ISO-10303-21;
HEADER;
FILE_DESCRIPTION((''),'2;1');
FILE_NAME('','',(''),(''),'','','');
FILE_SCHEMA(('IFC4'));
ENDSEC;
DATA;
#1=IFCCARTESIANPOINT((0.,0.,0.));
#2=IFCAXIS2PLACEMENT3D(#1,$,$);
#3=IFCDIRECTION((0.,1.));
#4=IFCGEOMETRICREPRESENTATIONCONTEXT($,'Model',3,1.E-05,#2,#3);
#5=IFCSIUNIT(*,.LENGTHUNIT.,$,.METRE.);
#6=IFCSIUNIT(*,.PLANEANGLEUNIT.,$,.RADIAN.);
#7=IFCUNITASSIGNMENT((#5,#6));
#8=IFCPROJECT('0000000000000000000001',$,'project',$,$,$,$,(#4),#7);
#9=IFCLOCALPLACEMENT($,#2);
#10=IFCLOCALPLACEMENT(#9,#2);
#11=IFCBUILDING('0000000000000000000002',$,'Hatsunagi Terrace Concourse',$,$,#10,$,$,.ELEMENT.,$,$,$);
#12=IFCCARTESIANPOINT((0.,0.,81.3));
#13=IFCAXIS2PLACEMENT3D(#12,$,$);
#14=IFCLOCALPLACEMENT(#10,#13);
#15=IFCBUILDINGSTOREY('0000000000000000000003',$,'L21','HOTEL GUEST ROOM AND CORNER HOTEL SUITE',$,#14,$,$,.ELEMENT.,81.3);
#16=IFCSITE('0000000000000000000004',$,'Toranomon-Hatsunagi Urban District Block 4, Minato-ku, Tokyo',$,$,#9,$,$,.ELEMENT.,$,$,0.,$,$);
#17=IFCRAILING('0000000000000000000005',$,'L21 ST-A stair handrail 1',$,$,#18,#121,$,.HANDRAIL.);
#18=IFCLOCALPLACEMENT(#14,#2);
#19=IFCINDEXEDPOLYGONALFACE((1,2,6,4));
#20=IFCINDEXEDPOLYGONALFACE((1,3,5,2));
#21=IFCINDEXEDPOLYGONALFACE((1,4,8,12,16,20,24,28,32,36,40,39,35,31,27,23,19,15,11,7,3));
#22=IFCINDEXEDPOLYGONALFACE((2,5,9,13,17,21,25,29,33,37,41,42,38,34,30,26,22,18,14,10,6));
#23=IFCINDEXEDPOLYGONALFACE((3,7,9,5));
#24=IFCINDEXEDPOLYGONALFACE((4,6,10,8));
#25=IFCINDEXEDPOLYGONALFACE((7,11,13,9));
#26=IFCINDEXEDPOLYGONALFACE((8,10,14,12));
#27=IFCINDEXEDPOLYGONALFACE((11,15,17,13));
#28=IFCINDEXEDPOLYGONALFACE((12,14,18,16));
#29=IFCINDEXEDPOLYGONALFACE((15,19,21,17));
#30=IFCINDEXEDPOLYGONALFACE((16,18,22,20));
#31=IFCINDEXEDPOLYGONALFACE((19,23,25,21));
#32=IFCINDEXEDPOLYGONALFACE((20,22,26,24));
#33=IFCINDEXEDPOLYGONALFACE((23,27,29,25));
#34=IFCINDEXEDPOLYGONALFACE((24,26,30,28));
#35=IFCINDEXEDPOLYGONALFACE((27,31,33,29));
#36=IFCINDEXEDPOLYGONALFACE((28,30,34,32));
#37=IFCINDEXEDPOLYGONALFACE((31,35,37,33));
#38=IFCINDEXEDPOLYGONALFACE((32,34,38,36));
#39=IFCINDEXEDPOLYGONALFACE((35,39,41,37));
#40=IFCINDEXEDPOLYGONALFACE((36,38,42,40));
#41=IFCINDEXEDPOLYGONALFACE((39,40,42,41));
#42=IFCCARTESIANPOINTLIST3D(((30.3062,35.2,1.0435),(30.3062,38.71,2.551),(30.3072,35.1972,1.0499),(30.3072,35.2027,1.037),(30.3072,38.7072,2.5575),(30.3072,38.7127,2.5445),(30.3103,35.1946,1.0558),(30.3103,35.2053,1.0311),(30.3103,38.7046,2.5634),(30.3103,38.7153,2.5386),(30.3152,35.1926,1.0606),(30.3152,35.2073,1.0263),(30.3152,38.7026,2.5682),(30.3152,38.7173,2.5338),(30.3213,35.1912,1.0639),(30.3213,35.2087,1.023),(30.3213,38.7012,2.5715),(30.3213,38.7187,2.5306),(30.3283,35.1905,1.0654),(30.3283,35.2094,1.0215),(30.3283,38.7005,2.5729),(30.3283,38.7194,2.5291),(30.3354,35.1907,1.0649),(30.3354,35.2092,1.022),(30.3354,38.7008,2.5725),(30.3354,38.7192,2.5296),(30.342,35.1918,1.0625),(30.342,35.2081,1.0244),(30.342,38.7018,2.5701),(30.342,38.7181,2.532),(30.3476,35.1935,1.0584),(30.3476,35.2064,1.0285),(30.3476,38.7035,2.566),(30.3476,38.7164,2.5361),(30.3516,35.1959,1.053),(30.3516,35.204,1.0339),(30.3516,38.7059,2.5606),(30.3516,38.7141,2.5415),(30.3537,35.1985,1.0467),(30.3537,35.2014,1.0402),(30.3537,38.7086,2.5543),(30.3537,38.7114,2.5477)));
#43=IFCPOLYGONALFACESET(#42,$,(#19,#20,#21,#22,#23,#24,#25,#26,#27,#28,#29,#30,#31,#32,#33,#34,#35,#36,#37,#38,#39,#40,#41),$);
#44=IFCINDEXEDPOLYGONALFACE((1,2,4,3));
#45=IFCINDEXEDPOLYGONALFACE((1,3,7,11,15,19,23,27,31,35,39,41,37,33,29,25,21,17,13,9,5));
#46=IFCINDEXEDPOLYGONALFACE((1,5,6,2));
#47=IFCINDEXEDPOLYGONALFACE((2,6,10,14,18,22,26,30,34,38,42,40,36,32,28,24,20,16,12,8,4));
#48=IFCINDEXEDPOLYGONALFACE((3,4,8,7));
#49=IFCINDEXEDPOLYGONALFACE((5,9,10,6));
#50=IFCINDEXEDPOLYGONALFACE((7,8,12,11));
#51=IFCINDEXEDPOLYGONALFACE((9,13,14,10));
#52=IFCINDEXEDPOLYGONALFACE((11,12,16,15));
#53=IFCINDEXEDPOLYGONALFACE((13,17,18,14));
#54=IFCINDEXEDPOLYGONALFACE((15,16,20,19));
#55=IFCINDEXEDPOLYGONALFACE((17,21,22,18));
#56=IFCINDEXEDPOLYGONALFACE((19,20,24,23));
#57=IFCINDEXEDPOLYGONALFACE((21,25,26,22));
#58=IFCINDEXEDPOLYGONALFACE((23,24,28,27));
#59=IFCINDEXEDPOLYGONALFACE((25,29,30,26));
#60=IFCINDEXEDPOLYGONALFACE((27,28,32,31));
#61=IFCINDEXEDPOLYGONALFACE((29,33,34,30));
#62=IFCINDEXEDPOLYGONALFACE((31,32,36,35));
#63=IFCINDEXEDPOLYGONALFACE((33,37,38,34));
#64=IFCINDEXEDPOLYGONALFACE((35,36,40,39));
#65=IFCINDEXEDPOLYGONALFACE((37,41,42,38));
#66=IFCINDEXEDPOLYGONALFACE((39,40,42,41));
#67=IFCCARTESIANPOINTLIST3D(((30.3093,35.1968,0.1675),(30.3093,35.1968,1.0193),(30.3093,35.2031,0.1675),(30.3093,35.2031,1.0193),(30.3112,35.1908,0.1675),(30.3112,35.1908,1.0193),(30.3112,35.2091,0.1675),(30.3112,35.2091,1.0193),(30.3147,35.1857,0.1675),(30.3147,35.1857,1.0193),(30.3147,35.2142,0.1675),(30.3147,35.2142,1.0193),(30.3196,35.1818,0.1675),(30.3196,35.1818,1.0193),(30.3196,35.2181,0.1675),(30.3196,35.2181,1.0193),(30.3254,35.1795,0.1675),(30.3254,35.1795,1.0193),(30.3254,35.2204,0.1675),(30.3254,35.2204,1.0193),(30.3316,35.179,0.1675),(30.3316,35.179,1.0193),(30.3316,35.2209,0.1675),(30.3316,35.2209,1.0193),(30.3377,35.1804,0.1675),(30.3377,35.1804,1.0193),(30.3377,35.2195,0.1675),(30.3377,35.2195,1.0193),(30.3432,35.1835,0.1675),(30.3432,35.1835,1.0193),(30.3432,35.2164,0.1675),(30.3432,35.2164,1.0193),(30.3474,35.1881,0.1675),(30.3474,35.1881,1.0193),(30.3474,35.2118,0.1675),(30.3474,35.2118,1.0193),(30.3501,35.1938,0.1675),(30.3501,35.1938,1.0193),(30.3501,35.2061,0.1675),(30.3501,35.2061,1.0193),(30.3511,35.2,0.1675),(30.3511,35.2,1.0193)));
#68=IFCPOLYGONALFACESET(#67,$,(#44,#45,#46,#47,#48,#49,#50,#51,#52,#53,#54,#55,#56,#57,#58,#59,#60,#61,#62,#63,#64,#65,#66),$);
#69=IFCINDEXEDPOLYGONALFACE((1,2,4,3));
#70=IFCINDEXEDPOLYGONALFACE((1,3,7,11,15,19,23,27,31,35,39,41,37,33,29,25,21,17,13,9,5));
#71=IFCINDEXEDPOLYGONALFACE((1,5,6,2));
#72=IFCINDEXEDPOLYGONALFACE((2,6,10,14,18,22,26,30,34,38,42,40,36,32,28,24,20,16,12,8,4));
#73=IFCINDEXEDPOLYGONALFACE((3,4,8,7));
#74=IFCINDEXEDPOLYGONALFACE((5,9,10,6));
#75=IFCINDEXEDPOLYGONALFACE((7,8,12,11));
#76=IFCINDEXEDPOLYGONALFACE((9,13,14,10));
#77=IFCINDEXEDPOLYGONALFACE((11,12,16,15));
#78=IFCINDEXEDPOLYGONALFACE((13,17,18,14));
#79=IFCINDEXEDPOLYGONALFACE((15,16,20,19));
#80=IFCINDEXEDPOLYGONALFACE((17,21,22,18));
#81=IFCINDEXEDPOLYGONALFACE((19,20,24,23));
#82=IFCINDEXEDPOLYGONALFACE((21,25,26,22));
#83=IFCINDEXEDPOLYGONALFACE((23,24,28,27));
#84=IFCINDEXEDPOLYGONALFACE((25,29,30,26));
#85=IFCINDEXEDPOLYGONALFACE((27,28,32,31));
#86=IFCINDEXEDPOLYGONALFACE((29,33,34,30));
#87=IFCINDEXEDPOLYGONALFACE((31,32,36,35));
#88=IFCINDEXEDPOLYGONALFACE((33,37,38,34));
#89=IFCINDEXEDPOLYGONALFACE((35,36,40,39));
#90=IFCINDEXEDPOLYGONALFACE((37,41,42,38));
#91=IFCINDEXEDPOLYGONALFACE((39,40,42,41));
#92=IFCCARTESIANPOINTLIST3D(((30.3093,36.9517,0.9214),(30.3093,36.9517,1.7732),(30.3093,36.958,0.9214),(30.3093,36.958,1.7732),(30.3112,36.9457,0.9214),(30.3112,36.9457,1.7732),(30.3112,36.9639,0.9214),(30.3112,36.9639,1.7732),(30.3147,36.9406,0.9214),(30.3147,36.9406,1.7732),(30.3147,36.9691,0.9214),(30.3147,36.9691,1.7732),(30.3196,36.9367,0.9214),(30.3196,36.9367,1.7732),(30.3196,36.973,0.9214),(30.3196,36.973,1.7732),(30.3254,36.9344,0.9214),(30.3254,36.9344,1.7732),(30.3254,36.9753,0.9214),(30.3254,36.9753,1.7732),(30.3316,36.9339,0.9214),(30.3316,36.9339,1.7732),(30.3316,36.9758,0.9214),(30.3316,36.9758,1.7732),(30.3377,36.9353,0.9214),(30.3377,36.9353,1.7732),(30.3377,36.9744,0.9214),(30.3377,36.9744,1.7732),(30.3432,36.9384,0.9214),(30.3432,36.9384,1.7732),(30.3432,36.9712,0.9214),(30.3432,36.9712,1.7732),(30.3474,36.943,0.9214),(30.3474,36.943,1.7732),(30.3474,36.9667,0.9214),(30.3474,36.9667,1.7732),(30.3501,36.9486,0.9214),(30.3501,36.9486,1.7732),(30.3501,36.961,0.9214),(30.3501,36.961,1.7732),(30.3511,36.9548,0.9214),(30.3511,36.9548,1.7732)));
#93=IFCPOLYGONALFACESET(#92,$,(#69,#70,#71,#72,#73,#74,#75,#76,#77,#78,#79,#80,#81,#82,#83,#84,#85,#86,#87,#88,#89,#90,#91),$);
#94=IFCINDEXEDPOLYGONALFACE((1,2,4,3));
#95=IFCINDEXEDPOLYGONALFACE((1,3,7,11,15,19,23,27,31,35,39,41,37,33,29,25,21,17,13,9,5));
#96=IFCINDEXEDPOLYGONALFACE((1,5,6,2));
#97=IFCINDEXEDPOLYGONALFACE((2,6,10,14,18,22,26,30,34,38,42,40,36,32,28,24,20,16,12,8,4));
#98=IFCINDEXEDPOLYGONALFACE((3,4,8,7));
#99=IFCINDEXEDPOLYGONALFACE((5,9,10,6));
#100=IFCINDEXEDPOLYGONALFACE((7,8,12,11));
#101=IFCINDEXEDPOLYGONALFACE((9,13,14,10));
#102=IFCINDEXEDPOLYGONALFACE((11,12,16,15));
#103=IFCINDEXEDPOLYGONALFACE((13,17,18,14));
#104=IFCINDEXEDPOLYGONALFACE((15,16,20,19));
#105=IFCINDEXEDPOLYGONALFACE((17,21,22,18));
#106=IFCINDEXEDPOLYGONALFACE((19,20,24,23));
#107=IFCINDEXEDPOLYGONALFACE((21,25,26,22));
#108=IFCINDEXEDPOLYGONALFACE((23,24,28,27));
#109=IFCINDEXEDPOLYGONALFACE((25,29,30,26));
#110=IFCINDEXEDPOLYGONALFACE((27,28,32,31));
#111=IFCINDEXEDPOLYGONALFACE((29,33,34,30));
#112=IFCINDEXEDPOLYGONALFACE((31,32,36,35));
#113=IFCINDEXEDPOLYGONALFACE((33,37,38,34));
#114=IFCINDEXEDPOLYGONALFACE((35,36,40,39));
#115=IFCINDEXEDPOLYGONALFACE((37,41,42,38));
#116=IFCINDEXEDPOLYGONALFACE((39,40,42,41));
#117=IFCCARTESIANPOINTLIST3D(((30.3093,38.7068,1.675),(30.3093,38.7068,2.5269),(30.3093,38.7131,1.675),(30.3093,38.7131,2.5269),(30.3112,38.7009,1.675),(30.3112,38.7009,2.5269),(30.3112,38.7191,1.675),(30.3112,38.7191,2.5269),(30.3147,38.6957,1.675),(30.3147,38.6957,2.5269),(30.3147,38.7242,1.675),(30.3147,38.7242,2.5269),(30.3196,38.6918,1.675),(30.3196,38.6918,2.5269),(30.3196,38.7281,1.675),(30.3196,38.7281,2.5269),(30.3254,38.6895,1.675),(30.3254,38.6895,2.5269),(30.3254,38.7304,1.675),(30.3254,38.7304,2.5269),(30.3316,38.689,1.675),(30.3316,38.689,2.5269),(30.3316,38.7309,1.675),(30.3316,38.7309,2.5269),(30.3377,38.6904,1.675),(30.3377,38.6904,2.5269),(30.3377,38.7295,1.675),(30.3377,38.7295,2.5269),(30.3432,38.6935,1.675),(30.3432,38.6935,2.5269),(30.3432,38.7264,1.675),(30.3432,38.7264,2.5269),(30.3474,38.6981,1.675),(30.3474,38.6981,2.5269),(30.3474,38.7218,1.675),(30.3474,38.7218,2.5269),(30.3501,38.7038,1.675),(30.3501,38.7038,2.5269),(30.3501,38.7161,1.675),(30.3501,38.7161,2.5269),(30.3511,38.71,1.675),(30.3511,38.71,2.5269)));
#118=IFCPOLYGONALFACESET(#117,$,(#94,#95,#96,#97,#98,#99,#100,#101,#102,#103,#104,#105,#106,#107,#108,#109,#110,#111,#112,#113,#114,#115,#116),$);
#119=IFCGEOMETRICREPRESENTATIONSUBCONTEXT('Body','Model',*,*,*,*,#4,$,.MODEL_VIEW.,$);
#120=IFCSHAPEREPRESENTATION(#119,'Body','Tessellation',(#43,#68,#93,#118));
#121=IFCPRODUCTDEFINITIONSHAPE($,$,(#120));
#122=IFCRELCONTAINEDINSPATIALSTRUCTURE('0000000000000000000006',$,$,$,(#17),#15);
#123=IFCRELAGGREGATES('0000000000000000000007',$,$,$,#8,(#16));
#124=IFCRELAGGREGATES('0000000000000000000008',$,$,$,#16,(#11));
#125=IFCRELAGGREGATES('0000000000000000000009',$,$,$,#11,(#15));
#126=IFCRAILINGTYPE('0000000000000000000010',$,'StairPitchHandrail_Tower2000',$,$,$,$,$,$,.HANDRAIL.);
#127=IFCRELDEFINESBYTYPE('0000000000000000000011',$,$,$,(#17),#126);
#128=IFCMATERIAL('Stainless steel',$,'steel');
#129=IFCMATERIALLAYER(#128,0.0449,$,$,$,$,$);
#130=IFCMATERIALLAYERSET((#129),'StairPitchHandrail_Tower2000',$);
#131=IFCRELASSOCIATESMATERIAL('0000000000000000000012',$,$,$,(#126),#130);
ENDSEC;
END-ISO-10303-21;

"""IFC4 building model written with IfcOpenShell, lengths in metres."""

from ifc_helpers import new_model, si_unit, direction, frame, origin, origin_2d, place, context, subcontext, project, spatial, circle, extrude, material, layer, layer_set, type_object, element, save


model = new_model("IFC4")

# Units and contexts
model_context = context("Model", 3, precision=1e-05, world=origin(), true_north=direction((0.0, 1.0)))
body_context = subcontext(model_context, "Body", "Model", "MODEL_VIEW")
ifc_project = project(units=[si_unit("LENGTHUNIT", "METRE"), si_unit("PLANEANGLEUNIT", "RADIAN")], contexts=[model_context])

# Site, building, storey
site_placement = place(None, origin())
site = spatial("IfcSite", under=ifc_project, at=site_placement, Name="Toranomon-Hatsunagi Urban District Block 4, Minato-ku, Tokyo", CompositionType="ELEMENT", RefElevation=0.0)
building_placement = place(site_placement, origin())
building = spatial("IfcBuilding", under=site, at=building_placement, Name="Hatsunagi Terrace Concourse", CompositionType="ELEMENT")
storey_placement = place(building_placement, frame((0.0, 0.0, 81.3)))
storey = spatial("IfcBuildingStorey", under=building, at=storey_placement, Name="L21", Description="HOTEL GUEST ROOM AND CORNER HOTEL SUITE", CompositionType="ELEMENT", Elevation=81.3)

# Railing
ifc_material_1 = material(Name="Stainless steel", Category="steel")
ifc_layer_1 = layer(ifc_material_1, 0.0449)
ifc_layer_set_1 = layer_set([ifc_layer_1], Name="StairPitchHandrail_Tower2000")
railing_type_1 = type_object("IfcRailingType", Name="StairPitchHandrail_Tower2000", PredefinedType="HANDRAIL", material=ifc_layer_set_1)
railing_1_placement = place(storey_placement, frame((30.3301, 35.2, 0.1675)))
element("IfcRailing", 1, at=railing_1_placement, inside=storey, type_object=railing_type_1, Name="L21 ST-A stair handrail 1", PredefinedType="HANDRAIL", context=body_context, shape_type="SweptSolid", body=[
    extrude(circle(Radius=0.0239, at=origin_2d()), frame((0.0, 0.0, 0.876), z_axis=(0.0, 0.918834, 0.394644), x_axis=(-1.0, 0.0, 0.0)), (0.0, 0.0, 1.0), 3.8201),
    extrude(circle(Radius=0.021, at=origin_2d()), origin(), (0.0, 0.0, 1.0), 0.8518),
    extrude(circle(Radius=0.021, at=origin_2d()), frame((0.0, 1.7549, 0.7539)), (0.0, 0.0, 1.0), 0.8518),
    extrude(circle(Radius=0.021, at=origin_2d()), frame((0.0, 3.51, 1.5076)), (0.0, 0.0, 1.0), 0.8518),
])

save(model, "model.ifc")
